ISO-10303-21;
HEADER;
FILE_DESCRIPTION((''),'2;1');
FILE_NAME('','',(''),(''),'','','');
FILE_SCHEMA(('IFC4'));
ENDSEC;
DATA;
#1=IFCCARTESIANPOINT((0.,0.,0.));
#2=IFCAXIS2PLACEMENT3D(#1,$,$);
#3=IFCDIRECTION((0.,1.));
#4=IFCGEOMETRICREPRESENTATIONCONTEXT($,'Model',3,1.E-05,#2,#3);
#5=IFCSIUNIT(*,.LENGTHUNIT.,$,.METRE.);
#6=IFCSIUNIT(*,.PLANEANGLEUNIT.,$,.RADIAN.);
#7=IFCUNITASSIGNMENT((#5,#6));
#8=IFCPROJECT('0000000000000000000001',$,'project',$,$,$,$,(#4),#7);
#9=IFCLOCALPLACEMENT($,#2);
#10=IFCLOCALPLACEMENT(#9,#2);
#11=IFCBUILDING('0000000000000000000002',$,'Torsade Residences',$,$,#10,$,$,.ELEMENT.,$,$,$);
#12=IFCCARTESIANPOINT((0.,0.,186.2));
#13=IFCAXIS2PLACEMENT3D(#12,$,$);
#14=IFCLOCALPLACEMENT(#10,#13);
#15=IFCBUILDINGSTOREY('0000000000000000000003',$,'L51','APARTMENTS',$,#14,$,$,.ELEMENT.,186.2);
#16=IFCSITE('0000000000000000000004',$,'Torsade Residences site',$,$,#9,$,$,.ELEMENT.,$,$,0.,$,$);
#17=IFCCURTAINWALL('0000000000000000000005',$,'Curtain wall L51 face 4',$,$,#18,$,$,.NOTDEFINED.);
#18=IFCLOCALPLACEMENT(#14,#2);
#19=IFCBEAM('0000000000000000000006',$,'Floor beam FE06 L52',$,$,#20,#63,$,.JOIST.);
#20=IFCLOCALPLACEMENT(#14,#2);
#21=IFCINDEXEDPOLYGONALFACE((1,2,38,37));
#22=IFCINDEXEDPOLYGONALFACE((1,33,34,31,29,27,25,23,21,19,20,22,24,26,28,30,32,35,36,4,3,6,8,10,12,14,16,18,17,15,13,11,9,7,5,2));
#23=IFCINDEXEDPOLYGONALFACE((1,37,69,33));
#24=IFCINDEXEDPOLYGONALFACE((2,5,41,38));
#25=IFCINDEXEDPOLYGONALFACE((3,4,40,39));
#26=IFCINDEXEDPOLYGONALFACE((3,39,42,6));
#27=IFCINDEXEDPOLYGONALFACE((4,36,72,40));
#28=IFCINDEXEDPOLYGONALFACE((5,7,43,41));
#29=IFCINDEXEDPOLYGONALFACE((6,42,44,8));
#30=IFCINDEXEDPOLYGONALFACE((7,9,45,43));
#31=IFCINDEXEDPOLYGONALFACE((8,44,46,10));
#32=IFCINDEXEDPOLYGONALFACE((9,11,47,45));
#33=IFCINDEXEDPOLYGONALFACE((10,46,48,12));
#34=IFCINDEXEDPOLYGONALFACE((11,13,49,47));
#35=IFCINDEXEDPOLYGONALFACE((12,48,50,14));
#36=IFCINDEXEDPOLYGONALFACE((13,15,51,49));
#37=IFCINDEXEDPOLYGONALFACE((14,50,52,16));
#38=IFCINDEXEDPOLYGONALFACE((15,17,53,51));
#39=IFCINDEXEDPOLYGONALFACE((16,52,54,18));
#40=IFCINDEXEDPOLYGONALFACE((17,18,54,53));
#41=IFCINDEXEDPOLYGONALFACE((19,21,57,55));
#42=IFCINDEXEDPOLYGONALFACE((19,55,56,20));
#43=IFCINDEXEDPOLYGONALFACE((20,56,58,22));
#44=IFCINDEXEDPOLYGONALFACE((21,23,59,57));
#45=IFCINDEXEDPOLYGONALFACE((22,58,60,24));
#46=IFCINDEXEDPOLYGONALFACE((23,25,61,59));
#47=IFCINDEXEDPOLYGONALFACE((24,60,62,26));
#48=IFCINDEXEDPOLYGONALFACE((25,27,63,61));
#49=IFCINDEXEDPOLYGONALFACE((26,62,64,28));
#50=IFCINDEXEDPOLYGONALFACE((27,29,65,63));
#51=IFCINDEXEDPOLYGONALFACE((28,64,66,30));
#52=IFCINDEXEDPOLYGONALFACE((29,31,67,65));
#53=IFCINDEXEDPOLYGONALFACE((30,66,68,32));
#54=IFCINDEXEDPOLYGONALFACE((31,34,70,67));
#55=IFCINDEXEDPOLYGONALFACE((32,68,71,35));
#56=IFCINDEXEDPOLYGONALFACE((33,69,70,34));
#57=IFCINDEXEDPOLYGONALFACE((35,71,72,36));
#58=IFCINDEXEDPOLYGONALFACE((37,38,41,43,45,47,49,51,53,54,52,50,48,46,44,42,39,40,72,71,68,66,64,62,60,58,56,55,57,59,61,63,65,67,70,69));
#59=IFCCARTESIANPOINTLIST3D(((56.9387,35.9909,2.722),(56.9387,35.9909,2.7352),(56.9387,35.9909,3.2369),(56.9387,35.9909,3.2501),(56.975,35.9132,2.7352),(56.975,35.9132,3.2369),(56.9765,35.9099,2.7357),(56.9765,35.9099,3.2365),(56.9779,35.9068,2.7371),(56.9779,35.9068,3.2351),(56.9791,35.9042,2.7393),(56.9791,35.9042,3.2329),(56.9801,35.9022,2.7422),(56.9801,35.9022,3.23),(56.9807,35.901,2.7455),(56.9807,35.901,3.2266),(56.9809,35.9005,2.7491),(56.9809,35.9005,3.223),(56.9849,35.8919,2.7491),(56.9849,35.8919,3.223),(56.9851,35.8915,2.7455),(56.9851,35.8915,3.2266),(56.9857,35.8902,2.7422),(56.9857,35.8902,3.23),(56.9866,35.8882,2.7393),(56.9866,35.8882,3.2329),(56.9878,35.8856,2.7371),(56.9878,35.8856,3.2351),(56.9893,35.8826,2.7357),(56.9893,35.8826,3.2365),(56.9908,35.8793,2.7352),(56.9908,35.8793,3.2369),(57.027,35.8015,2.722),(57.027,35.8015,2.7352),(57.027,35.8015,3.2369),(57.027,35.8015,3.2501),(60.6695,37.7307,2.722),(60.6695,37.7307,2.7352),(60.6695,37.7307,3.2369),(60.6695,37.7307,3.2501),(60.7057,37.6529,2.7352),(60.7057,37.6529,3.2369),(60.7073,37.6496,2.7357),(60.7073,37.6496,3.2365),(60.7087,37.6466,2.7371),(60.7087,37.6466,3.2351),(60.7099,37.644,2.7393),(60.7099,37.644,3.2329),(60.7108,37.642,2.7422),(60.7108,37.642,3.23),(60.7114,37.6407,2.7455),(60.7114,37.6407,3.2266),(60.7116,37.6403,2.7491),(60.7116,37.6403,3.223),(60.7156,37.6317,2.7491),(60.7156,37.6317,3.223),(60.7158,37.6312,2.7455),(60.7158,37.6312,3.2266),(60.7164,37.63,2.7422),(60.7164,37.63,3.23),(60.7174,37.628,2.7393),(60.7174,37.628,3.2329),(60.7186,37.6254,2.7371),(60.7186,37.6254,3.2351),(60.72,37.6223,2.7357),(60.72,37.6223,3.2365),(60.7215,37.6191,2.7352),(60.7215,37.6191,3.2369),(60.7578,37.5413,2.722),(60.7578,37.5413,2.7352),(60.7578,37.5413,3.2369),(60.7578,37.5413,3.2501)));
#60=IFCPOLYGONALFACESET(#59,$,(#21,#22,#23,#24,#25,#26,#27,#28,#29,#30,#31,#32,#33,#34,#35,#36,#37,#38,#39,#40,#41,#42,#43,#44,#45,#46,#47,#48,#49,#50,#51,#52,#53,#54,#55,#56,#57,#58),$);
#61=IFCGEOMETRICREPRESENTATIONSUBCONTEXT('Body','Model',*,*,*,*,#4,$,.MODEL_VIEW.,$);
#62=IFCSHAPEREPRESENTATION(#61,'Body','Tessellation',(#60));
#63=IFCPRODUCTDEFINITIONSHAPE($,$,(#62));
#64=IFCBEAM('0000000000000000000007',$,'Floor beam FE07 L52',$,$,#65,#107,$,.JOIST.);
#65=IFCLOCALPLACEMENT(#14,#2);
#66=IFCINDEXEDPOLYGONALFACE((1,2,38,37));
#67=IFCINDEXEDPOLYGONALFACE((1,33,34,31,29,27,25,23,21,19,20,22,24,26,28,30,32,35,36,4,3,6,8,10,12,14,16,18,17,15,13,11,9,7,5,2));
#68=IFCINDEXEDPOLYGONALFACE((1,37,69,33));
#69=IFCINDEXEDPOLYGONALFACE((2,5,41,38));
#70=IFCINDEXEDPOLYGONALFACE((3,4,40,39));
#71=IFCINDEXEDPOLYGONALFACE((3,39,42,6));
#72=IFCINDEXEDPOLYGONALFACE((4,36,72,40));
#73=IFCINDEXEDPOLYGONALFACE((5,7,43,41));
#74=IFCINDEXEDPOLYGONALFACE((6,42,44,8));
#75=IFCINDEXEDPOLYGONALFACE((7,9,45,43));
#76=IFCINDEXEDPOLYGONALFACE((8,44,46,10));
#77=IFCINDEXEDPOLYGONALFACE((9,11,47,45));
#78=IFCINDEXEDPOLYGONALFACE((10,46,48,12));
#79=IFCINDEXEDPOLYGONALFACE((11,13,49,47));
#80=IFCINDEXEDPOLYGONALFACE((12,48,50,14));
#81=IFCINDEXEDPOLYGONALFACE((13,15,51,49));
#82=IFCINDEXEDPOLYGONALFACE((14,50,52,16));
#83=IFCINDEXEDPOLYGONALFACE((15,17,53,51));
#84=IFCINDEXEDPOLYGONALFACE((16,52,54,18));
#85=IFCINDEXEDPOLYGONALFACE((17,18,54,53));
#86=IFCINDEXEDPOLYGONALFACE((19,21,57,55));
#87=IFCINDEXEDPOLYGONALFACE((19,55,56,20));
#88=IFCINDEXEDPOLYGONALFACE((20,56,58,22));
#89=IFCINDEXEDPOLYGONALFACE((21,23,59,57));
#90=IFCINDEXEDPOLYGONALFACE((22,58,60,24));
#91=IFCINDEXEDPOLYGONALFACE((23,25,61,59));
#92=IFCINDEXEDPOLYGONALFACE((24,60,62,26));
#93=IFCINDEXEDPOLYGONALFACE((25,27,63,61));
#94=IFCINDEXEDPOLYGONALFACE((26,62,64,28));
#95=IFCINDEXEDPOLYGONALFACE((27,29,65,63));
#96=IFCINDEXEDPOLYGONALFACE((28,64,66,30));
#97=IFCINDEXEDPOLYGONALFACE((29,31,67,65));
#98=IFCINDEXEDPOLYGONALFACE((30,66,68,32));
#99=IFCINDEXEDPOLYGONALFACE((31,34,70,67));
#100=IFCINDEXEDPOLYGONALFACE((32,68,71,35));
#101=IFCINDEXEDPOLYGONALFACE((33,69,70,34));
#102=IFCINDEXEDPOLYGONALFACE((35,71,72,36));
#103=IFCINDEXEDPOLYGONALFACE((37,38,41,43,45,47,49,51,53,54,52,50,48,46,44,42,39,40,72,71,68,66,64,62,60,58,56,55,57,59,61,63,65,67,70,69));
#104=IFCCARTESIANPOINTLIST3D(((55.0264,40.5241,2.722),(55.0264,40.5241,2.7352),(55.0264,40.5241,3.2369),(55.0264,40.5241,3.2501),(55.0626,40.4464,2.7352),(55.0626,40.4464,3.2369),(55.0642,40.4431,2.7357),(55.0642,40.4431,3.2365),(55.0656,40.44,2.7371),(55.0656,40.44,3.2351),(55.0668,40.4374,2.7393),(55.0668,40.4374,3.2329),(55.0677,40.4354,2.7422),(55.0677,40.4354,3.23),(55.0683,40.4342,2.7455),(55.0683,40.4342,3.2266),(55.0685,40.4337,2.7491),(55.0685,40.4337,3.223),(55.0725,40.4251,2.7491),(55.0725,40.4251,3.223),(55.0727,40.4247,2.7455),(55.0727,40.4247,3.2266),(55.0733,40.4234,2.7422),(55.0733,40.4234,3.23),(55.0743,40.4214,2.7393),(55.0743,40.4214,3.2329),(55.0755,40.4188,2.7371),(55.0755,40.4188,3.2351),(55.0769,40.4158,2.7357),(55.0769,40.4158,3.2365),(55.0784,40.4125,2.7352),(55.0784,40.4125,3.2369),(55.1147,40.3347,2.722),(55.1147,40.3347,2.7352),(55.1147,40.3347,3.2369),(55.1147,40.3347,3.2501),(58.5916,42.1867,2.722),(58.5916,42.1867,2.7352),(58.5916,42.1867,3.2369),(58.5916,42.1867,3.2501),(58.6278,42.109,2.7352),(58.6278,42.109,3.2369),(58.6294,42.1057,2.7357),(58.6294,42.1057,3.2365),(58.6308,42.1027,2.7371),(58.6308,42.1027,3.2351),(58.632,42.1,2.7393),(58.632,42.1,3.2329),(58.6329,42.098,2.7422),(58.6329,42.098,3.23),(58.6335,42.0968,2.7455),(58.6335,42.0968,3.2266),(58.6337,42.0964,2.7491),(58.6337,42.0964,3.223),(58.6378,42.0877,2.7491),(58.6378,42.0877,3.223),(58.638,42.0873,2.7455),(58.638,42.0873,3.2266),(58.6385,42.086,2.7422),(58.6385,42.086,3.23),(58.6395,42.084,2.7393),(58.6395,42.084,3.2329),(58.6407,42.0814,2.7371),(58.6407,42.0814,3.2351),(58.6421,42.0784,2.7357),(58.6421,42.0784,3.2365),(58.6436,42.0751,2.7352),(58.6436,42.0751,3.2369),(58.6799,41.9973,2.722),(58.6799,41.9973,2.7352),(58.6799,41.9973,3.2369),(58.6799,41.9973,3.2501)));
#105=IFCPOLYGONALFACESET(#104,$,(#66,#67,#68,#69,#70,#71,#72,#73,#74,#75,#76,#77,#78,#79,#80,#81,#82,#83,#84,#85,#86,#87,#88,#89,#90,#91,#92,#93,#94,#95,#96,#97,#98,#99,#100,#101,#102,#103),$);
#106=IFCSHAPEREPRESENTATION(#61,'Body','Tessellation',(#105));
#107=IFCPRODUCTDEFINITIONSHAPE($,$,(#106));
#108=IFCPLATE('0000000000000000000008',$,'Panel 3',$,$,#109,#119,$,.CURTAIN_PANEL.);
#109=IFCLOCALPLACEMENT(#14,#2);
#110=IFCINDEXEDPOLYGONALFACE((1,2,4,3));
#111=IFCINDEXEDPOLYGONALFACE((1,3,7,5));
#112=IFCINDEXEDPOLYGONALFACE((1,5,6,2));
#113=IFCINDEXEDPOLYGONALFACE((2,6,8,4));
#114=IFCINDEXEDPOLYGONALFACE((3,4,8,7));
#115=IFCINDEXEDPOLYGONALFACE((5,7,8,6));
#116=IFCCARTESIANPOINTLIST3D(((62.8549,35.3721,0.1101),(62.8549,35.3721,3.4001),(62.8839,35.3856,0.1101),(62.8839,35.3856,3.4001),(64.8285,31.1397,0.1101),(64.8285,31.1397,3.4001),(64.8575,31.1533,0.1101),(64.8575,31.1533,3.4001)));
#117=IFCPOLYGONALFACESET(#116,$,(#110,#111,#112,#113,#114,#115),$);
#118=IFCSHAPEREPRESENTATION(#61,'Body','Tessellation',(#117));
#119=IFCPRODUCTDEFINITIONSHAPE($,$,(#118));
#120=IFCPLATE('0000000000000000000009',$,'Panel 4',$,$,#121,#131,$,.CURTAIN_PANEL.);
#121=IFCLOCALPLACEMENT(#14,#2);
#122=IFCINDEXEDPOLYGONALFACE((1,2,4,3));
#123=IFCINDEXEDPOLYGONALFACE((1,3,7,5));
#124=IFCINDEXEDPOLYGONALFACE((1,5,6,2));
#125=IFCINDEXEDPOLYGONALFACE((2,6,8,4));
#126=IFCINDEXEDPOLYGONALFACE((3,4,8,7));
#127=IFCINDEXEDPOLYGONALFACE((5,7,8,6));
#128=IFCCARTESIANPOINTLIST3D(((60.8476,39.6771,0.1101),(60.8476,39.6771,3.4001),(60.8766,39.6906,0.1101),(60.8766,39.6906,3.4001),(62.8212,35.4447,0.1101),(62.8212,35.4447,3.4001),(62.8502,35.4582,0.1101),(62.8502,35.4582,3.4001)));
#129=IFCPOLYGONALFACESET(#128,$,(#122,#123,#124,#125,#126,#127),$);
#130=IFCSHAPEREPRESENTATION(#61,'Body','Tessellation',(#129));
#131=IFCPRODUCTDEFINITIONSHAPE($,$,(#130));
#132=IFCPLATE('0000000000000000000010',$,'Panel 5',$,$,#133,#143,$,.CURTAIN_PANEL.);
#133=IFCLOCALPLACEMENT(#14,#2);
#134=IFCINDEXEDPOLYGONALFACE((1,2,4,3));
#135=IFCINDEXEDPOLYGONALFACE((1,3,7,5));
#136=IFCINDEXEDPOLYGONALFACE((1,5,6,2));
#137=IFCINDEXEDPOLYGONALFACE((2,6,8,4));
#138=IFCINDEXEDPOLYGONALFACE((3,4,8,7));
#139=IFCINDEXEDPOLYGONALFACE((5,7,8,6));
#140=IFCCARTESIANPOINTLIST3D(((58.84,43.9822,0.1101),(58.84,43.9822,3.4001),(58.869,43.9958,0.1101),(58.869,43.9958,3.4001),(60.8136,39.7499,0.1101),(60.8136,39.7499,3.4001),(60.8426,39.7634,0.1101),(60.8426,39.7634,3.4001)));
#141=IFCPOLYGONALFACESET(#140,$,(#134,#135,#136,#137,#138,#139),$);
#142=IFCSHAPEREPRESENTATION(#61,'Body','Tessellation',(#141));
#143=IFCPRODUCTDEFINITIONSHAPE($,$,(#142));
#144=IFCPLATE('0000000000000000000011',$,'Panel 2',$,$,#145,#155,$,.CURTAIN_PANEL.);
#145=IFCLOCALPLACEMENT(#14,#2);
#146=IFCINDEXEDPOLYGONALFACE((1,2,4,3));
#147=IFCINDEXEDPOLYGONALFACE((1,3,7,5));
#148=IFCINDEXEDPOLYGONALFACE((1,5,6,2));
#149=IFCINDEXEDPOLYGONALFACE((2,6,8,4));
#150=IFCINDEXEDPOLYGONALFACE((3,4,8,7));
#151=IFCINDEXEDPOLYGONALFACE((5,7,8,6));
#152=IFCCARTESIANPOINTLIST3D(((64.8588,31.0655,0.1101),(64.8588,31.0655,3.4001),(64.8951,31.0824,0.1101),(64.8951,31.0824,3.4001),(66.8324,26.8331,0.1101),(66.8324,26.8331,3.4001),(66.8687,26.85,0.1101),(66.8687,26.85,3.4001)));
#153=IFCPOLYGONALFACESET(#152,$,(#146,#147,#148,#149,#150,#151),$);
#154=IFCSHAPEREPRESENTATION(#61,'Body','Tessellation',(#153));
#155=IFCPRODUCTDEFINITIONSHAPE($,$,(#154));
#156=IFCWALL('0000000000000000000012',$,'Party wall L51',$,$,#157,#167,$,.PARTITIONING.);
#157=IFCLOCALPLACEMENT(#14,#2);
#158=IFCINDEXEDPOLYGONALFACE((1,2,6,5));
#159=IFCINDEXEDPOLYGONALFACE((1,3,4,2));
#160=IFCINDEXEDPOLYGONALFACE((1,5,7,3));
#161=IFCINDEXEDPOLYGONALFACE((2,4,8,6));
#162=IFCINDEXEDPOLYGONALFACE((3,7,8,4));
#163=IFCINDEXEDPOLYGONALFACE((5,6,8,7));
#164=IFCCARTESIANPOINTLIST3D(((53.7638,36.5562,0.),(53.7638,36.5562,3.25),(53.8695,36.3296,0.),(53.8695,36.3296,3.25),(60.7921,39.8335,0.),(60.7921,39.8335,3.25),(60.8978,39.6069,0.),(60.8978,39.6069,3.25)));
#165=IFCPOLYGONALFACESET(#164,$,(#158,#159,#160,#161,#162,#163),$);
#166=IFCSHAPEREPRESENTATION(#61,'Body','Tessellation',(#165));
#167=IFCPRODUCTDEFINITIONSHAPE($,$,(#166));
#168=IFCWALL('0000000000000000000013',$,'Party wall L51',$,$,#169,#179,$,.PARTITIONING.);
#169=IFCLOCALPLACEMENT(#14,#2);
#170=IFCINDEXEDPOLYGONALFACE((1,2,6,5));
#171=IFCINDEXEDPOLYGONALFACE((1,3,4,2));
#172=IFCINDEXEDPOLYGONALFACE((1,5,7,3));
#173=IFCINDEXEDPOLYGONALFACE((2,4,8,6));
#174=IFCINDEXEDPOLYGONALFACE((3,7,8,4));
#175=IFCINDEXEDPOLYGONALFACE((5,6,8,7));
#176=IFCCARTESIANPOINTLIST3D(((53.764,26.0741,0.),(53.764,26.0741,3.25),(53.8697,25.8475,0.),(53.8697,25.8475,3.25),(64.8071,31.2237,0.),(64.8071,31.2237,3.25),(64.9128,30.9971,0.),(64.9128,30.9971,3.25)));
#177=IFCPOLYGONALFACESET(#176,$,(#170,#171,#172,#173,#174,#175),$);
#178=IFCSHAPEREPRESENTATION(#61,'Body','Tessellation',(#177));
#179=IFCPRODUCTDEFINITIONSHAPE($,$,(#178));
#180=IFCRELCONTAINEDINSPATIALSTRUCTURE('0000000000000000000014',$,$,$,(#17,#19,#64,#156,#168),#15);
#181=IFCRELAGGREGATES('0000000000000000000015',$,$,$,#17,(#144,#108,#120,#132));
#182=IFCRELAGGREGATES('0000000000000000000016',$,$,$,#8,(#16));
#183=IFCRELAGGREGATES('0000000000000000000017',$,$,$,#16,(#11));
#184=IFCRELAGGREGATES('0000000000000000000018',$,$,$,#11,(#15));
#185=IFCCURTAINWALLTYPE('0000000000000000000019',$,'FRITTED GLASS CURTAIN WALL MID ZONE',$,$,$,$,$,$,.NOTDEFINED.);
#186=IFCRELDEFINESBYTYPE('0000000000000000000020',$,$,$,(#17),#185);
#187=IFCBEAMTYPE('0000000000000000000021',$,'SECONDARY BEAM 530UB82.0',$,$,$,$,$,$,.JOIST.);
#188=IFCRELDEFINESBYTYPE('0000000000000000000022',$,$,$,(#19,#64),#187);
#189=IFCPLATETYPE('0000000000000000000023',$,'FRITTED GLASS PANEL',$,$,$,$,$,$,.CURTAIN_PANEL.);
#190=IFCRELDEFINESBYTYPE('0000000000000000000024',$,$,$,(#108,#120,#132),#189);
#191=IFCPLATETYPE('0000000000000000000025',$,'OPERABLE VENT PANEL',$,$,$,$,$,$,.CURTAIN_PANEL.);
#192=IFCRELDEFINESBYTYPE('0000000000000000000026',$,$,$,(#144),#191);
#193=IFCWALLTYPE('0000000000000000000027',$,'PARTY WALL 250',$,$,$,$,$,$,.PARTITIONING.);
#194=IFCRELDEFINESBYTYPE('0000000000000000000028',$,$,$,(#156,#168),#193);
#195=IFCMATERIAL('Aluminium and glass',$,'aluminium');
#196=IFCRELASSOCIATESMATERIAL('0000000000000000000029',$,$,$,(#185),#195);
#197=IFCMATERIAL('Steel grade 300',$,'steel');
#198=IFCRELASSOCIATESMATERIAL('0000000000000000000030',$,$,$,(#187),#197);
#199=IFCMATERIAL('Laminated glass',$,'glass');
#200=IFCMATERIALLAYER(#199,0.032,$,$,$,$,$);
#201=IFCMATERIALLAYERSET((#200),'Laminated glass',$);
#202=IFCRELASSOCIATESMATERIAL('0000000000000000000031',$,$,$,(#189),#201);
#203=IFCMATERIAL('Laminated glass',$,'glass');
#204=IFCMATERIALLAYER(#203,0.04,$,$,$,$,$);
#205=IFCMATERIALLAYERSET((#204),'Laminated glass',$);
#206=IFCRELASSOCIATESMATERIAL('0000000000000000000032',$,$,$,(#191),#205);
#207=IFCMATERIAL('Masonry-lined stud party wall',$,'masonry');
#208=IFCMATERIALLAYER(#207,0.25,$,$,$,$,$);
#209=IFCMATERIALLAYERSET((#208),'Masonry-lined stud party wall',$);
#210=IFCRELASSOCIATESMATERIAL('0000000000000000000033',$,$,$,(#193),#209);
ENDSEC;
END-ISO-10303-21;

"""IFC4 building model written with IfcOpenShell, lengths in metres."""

from ifc_helpers import new_model, si_unit, direction, frame, frame_2d, origin, origin_2d, place, context, subcontext, project, spatial, rectangle, i_section, extrude, material, layer, layer_set, material_profile, profile_set, type_object, element, aggregate, save


model = new_model("IFC4")

# Units and contexts
model_context = context("Model", 3, precision=1e-05, world=origin(), true_north=direction((0.0, 1.0)))
body_context = subcontext(model_context, "Body", "Model", "MODEL_VIEW")
ifc_project = project(units=[si_unit("LENGTHUNIT", "METRE"), si_unit("PLANEANGLEUNIT", "RADIAN")], contexts=[model_context])

# Site, building, storey
site_placement = place(None, origin())
site = spatial("IfcSite", under=ifc_project, at=site_placement, Name="Torsade Residences site", CompositionType="ELEMENT", RefElevation=0.0)
building_placement = place(site_placement, origin())
building = spatial("IfcBuilding", under=site, at=building_placement, Name="Torsade Residences", CompositionType="ELEMENT")
storey_placement = place(building_placement, frame((0.0, 0.0, 186.2)))
storey = spatial("IfcBuildingStorey", under=building, at=storey_placement, Name="L51", Description="APARTMENTS", CompositionType="ELEMENT", Elevation=186.2)

# Curtain wall
ifc_material_1 = material(Name="Aluminium and glass", Category="aluminium")
curtain_wall_type = type_object("IfcCurtainWallType", Name="FRITTED GLASS CURTAIN WALL MID ZONE", PredefinedType="NOTDEFINED", material=ifc_material_1)
curtain_wall_placement = place(storey_placement, origin())
curtain_wall = element("IfcCurtainWall", 1, at=curtain_wall_placement, inside=storey, type_object=curtain_wall_type, Name="Curtain wall L51 face 4", PredefinedType="NOTDEFINED")

# Beams
ifc_material_2 = material(Name="Steel grade 300", Category="steel")
ifc_material_profile_1 = material_profile(ifc_material_2, i_section(OverallWidth=0.209, OverallDepth=0.5281, WebThickness=0.0095, FlangeThickness=0.0132, FilletRadius=0.0139, at=origin_2d()), Name="530UB82.0")
ifc_profile_set_1 = profile_set([ifc_material_profile_1], Name="Steel grade 300")
beam_type_1 = type_object("IfcBeamType", Name="SECONDARY BEAM 530UB82.0", PredefinedType="JOIST", material=ifc_profile_set_1)
beam_1_placement = place(storey_placement, frame((60.7136, 37.636, 2.9861), z_axis=(-0.9063, -0.422635, 0.0), x_axis=(0.422635, -0.9063, 0.0)))
element("IfcBeam", 2, at=beam_1_placement, inside=storey, type_object=beam_type_1, Name="Floor beam FE06 L52", PredefinedType="JOIST", context=body_context, shape_type="SweptSolid", body=[
    extrude(i_section(OverallWidth=0.209, OverallDepth=0.5281, WebThickness=0.0095, FlangeThickness=0.0132, FilletRadius=0.0139, at=origin_2d()), origin(), (0.0, 0.0, 1.0), 4.1165),
])
beam_2_placement = place(storey_placement, frame((58.6357, 42.092, 2.9861), z_axis=(-0.906296, -0.422644, 0.0), x_axis=(0.422644, -0.906296, 0.0)))
element("IfcBeam", 3, at=beam_2_placement, inside=storey, type_object=beam_type_1, Name="Floor beam FE07 L52", PredefinedType="JOIST", context=body_context, shape_type="SweptSolid", body=[
    extrude(i_section(OverallWidth=0.209, OverallDepth=0.5281, WebThickness=0.0095, FlangeThickness=0.0132, FilletRadius=0.0139, at=origin_2d()), origin(), (0.0, 0.0, 1.0), 3.9338),
])

# Plates
ifc_material_3 = material(Name="Laminated glass", Category="glass")
ifc_layer_1 = layer(ifc_material_3, 0.032)
ifc_layer_set_1 = layer_set([ifc_layer_1], Name="Laminated glass")
plate_type_1 = type_object("IfcPlateType", Name="FRITTED GLASS PANEL", PredefinedType="CURTAIN_PANEL", material=ifc_layer_set_1)
plate_1_placement = place(storey_placement, frame((63.8562, 33.2627, 0.1101), z_axis=(0.0, 0.0, 1.0), x_axis=(-0.422618, 0.906308, 0.0)))
plate_1 = element("IfcPlate", 4, at=plate_1_placement, type_object=plate_type_1, Name="Panel 3", PredefinedType="CURTAIN_PANEL", context=body_context, shape_type="SweptSolid", body=[
    extrude(rectangle(XDim=4.6699, YDim=0.032, at=origin_2d()), origin(), (0.0, 0.0, 1.0), 3.29),
])
plate_2_placement = place(storey_placement, frame((61.8489, 37.5676, 0.1101), z_axis=(0.0, 0.0, 1.0), x_axis=(-0.422618, 0.906308, 0.0)))
plate_2 = element("IfcPlate", 5, at=plate_2_placement, type_object=plate_type_1, Name="Panel 4", PredefinedType="CURTAIN_PANEL", context=body_context, shape_type="SweptSolid", body=[
    extrude(rectangle(XDim=4.6699, YDim=0.032, at=origin_2d()), origin(), (0.0, 0.0, 1.0), 3.29),
])
plate_3_placement = place(storey_placement, frame((59.8413, 41.8728, 0.1101), z_axis=(0.0, 0.0, 1.0), x_axis=(-0.422618, 0.906308, 0.0)))
plate_3 = element("IfcPlate", 6, at=plate_3_placement, type_object=plate_type_1, Name="Panel 5", PredefinedType="CURTAIN_PANEL", context=body_context, shape_type="SweptSolid", body=[
    extrude(rectangle(XDim=4.6699, YDim=0.032, at=origin_2d()), origin(), (0.0, 0.0, 1.0), 3.29),
])
ifc_material_4 = material(Name="Laminated glass", Category="glass")
ifc_layer_2 = layer(ifc_material_4, 0.04)
ifc_layer_set_2 = layer_set([ifc_layer_2], Name="Laminated glass")
plate_type_2 = type_object("IfcPlateType", Name="OPERABLE VENT PANEL", PredefinedType="CURTAIN_PANEL", material=ifc_layer_set_2)
plate_4_placement = place(storey_placement, frame((65.8638, 28.9578, 0.1101), z_axis=(0.0, 0.0, 1.0), x_axis=(-0.422618, 0.906308, 0.0)))
plate_4 = element("IfcPlate", 7, at=plate_4_placement, type_object=plate_type_2, Name="Panel 2", PredefinedType="CURTAIN_PANEL", context=body_context, shape_type="SweptSolid", body=[
    extrude(rectangle(XDim=4.6699, YDim=0.04, at=origin_2d()), origin(), (0.0, 0.0, 1.0), 3.29),
])
aggregate(curtain_wall, [plate_4, plate_1, plate_2, plate_3])

# Walls
ifc_material_5 = material(Name="Masonry-lined stud party wall", Category="masonry")
ifc_layer_3 = layer(ifc_material_5, 0.25)
ifc_layer_set_3 = layer_set([ifc_layer_3], Name="Masonry-lined stud party wall")
wall_type = type_object("IfcWallType", Name="PARTY WALL 250", PredefinedType="PARTITIONING", material=ifc_layer_set_3)
wall_1_placement = place(storey_placement, frame((60.845, 39.7202, 0.0), z_axis=(0.0, 0.0, 1.0), x_axis=(-0.906309, -0.422617, 0.0)))
element("IfcWall", 8, at=wall_1_placement, inside=storey, type_object=wall_type, Name="Party wall L51", PredefinedType="PARTITIONING", context=body_context, shape_type="SweptSolid", body=[
    extrude(rectangle(XDim=7.7549, YDim=0.25, at=frame_2d((3.8774, 0.0))), origin(), (0.0, 0.0, 1.0), 3.25),
])
wall_2_placement = place(storey_placement, frame((64.8599, 31.1104, 0.0), z_axis=(0.0, 0.0, 1.0), x_axis=(-0.906304, -0.422627, 0.0)))
element("IfcWall", 9, at=wall_2_placement, inside=storey, type_object=wall_type, Name="Party wall L51", PredefinedType="PARTITIONING", context=body_context, shape_type="SweptSolid", body=[
    extrude(rectangle(XDim=12.1848, YDim=0.25, at=frame_2d((6.0923, 0.0))), origin(), (0.0, 0.0, 1.0), 3.25),
])

save(model, "model.ifc")
